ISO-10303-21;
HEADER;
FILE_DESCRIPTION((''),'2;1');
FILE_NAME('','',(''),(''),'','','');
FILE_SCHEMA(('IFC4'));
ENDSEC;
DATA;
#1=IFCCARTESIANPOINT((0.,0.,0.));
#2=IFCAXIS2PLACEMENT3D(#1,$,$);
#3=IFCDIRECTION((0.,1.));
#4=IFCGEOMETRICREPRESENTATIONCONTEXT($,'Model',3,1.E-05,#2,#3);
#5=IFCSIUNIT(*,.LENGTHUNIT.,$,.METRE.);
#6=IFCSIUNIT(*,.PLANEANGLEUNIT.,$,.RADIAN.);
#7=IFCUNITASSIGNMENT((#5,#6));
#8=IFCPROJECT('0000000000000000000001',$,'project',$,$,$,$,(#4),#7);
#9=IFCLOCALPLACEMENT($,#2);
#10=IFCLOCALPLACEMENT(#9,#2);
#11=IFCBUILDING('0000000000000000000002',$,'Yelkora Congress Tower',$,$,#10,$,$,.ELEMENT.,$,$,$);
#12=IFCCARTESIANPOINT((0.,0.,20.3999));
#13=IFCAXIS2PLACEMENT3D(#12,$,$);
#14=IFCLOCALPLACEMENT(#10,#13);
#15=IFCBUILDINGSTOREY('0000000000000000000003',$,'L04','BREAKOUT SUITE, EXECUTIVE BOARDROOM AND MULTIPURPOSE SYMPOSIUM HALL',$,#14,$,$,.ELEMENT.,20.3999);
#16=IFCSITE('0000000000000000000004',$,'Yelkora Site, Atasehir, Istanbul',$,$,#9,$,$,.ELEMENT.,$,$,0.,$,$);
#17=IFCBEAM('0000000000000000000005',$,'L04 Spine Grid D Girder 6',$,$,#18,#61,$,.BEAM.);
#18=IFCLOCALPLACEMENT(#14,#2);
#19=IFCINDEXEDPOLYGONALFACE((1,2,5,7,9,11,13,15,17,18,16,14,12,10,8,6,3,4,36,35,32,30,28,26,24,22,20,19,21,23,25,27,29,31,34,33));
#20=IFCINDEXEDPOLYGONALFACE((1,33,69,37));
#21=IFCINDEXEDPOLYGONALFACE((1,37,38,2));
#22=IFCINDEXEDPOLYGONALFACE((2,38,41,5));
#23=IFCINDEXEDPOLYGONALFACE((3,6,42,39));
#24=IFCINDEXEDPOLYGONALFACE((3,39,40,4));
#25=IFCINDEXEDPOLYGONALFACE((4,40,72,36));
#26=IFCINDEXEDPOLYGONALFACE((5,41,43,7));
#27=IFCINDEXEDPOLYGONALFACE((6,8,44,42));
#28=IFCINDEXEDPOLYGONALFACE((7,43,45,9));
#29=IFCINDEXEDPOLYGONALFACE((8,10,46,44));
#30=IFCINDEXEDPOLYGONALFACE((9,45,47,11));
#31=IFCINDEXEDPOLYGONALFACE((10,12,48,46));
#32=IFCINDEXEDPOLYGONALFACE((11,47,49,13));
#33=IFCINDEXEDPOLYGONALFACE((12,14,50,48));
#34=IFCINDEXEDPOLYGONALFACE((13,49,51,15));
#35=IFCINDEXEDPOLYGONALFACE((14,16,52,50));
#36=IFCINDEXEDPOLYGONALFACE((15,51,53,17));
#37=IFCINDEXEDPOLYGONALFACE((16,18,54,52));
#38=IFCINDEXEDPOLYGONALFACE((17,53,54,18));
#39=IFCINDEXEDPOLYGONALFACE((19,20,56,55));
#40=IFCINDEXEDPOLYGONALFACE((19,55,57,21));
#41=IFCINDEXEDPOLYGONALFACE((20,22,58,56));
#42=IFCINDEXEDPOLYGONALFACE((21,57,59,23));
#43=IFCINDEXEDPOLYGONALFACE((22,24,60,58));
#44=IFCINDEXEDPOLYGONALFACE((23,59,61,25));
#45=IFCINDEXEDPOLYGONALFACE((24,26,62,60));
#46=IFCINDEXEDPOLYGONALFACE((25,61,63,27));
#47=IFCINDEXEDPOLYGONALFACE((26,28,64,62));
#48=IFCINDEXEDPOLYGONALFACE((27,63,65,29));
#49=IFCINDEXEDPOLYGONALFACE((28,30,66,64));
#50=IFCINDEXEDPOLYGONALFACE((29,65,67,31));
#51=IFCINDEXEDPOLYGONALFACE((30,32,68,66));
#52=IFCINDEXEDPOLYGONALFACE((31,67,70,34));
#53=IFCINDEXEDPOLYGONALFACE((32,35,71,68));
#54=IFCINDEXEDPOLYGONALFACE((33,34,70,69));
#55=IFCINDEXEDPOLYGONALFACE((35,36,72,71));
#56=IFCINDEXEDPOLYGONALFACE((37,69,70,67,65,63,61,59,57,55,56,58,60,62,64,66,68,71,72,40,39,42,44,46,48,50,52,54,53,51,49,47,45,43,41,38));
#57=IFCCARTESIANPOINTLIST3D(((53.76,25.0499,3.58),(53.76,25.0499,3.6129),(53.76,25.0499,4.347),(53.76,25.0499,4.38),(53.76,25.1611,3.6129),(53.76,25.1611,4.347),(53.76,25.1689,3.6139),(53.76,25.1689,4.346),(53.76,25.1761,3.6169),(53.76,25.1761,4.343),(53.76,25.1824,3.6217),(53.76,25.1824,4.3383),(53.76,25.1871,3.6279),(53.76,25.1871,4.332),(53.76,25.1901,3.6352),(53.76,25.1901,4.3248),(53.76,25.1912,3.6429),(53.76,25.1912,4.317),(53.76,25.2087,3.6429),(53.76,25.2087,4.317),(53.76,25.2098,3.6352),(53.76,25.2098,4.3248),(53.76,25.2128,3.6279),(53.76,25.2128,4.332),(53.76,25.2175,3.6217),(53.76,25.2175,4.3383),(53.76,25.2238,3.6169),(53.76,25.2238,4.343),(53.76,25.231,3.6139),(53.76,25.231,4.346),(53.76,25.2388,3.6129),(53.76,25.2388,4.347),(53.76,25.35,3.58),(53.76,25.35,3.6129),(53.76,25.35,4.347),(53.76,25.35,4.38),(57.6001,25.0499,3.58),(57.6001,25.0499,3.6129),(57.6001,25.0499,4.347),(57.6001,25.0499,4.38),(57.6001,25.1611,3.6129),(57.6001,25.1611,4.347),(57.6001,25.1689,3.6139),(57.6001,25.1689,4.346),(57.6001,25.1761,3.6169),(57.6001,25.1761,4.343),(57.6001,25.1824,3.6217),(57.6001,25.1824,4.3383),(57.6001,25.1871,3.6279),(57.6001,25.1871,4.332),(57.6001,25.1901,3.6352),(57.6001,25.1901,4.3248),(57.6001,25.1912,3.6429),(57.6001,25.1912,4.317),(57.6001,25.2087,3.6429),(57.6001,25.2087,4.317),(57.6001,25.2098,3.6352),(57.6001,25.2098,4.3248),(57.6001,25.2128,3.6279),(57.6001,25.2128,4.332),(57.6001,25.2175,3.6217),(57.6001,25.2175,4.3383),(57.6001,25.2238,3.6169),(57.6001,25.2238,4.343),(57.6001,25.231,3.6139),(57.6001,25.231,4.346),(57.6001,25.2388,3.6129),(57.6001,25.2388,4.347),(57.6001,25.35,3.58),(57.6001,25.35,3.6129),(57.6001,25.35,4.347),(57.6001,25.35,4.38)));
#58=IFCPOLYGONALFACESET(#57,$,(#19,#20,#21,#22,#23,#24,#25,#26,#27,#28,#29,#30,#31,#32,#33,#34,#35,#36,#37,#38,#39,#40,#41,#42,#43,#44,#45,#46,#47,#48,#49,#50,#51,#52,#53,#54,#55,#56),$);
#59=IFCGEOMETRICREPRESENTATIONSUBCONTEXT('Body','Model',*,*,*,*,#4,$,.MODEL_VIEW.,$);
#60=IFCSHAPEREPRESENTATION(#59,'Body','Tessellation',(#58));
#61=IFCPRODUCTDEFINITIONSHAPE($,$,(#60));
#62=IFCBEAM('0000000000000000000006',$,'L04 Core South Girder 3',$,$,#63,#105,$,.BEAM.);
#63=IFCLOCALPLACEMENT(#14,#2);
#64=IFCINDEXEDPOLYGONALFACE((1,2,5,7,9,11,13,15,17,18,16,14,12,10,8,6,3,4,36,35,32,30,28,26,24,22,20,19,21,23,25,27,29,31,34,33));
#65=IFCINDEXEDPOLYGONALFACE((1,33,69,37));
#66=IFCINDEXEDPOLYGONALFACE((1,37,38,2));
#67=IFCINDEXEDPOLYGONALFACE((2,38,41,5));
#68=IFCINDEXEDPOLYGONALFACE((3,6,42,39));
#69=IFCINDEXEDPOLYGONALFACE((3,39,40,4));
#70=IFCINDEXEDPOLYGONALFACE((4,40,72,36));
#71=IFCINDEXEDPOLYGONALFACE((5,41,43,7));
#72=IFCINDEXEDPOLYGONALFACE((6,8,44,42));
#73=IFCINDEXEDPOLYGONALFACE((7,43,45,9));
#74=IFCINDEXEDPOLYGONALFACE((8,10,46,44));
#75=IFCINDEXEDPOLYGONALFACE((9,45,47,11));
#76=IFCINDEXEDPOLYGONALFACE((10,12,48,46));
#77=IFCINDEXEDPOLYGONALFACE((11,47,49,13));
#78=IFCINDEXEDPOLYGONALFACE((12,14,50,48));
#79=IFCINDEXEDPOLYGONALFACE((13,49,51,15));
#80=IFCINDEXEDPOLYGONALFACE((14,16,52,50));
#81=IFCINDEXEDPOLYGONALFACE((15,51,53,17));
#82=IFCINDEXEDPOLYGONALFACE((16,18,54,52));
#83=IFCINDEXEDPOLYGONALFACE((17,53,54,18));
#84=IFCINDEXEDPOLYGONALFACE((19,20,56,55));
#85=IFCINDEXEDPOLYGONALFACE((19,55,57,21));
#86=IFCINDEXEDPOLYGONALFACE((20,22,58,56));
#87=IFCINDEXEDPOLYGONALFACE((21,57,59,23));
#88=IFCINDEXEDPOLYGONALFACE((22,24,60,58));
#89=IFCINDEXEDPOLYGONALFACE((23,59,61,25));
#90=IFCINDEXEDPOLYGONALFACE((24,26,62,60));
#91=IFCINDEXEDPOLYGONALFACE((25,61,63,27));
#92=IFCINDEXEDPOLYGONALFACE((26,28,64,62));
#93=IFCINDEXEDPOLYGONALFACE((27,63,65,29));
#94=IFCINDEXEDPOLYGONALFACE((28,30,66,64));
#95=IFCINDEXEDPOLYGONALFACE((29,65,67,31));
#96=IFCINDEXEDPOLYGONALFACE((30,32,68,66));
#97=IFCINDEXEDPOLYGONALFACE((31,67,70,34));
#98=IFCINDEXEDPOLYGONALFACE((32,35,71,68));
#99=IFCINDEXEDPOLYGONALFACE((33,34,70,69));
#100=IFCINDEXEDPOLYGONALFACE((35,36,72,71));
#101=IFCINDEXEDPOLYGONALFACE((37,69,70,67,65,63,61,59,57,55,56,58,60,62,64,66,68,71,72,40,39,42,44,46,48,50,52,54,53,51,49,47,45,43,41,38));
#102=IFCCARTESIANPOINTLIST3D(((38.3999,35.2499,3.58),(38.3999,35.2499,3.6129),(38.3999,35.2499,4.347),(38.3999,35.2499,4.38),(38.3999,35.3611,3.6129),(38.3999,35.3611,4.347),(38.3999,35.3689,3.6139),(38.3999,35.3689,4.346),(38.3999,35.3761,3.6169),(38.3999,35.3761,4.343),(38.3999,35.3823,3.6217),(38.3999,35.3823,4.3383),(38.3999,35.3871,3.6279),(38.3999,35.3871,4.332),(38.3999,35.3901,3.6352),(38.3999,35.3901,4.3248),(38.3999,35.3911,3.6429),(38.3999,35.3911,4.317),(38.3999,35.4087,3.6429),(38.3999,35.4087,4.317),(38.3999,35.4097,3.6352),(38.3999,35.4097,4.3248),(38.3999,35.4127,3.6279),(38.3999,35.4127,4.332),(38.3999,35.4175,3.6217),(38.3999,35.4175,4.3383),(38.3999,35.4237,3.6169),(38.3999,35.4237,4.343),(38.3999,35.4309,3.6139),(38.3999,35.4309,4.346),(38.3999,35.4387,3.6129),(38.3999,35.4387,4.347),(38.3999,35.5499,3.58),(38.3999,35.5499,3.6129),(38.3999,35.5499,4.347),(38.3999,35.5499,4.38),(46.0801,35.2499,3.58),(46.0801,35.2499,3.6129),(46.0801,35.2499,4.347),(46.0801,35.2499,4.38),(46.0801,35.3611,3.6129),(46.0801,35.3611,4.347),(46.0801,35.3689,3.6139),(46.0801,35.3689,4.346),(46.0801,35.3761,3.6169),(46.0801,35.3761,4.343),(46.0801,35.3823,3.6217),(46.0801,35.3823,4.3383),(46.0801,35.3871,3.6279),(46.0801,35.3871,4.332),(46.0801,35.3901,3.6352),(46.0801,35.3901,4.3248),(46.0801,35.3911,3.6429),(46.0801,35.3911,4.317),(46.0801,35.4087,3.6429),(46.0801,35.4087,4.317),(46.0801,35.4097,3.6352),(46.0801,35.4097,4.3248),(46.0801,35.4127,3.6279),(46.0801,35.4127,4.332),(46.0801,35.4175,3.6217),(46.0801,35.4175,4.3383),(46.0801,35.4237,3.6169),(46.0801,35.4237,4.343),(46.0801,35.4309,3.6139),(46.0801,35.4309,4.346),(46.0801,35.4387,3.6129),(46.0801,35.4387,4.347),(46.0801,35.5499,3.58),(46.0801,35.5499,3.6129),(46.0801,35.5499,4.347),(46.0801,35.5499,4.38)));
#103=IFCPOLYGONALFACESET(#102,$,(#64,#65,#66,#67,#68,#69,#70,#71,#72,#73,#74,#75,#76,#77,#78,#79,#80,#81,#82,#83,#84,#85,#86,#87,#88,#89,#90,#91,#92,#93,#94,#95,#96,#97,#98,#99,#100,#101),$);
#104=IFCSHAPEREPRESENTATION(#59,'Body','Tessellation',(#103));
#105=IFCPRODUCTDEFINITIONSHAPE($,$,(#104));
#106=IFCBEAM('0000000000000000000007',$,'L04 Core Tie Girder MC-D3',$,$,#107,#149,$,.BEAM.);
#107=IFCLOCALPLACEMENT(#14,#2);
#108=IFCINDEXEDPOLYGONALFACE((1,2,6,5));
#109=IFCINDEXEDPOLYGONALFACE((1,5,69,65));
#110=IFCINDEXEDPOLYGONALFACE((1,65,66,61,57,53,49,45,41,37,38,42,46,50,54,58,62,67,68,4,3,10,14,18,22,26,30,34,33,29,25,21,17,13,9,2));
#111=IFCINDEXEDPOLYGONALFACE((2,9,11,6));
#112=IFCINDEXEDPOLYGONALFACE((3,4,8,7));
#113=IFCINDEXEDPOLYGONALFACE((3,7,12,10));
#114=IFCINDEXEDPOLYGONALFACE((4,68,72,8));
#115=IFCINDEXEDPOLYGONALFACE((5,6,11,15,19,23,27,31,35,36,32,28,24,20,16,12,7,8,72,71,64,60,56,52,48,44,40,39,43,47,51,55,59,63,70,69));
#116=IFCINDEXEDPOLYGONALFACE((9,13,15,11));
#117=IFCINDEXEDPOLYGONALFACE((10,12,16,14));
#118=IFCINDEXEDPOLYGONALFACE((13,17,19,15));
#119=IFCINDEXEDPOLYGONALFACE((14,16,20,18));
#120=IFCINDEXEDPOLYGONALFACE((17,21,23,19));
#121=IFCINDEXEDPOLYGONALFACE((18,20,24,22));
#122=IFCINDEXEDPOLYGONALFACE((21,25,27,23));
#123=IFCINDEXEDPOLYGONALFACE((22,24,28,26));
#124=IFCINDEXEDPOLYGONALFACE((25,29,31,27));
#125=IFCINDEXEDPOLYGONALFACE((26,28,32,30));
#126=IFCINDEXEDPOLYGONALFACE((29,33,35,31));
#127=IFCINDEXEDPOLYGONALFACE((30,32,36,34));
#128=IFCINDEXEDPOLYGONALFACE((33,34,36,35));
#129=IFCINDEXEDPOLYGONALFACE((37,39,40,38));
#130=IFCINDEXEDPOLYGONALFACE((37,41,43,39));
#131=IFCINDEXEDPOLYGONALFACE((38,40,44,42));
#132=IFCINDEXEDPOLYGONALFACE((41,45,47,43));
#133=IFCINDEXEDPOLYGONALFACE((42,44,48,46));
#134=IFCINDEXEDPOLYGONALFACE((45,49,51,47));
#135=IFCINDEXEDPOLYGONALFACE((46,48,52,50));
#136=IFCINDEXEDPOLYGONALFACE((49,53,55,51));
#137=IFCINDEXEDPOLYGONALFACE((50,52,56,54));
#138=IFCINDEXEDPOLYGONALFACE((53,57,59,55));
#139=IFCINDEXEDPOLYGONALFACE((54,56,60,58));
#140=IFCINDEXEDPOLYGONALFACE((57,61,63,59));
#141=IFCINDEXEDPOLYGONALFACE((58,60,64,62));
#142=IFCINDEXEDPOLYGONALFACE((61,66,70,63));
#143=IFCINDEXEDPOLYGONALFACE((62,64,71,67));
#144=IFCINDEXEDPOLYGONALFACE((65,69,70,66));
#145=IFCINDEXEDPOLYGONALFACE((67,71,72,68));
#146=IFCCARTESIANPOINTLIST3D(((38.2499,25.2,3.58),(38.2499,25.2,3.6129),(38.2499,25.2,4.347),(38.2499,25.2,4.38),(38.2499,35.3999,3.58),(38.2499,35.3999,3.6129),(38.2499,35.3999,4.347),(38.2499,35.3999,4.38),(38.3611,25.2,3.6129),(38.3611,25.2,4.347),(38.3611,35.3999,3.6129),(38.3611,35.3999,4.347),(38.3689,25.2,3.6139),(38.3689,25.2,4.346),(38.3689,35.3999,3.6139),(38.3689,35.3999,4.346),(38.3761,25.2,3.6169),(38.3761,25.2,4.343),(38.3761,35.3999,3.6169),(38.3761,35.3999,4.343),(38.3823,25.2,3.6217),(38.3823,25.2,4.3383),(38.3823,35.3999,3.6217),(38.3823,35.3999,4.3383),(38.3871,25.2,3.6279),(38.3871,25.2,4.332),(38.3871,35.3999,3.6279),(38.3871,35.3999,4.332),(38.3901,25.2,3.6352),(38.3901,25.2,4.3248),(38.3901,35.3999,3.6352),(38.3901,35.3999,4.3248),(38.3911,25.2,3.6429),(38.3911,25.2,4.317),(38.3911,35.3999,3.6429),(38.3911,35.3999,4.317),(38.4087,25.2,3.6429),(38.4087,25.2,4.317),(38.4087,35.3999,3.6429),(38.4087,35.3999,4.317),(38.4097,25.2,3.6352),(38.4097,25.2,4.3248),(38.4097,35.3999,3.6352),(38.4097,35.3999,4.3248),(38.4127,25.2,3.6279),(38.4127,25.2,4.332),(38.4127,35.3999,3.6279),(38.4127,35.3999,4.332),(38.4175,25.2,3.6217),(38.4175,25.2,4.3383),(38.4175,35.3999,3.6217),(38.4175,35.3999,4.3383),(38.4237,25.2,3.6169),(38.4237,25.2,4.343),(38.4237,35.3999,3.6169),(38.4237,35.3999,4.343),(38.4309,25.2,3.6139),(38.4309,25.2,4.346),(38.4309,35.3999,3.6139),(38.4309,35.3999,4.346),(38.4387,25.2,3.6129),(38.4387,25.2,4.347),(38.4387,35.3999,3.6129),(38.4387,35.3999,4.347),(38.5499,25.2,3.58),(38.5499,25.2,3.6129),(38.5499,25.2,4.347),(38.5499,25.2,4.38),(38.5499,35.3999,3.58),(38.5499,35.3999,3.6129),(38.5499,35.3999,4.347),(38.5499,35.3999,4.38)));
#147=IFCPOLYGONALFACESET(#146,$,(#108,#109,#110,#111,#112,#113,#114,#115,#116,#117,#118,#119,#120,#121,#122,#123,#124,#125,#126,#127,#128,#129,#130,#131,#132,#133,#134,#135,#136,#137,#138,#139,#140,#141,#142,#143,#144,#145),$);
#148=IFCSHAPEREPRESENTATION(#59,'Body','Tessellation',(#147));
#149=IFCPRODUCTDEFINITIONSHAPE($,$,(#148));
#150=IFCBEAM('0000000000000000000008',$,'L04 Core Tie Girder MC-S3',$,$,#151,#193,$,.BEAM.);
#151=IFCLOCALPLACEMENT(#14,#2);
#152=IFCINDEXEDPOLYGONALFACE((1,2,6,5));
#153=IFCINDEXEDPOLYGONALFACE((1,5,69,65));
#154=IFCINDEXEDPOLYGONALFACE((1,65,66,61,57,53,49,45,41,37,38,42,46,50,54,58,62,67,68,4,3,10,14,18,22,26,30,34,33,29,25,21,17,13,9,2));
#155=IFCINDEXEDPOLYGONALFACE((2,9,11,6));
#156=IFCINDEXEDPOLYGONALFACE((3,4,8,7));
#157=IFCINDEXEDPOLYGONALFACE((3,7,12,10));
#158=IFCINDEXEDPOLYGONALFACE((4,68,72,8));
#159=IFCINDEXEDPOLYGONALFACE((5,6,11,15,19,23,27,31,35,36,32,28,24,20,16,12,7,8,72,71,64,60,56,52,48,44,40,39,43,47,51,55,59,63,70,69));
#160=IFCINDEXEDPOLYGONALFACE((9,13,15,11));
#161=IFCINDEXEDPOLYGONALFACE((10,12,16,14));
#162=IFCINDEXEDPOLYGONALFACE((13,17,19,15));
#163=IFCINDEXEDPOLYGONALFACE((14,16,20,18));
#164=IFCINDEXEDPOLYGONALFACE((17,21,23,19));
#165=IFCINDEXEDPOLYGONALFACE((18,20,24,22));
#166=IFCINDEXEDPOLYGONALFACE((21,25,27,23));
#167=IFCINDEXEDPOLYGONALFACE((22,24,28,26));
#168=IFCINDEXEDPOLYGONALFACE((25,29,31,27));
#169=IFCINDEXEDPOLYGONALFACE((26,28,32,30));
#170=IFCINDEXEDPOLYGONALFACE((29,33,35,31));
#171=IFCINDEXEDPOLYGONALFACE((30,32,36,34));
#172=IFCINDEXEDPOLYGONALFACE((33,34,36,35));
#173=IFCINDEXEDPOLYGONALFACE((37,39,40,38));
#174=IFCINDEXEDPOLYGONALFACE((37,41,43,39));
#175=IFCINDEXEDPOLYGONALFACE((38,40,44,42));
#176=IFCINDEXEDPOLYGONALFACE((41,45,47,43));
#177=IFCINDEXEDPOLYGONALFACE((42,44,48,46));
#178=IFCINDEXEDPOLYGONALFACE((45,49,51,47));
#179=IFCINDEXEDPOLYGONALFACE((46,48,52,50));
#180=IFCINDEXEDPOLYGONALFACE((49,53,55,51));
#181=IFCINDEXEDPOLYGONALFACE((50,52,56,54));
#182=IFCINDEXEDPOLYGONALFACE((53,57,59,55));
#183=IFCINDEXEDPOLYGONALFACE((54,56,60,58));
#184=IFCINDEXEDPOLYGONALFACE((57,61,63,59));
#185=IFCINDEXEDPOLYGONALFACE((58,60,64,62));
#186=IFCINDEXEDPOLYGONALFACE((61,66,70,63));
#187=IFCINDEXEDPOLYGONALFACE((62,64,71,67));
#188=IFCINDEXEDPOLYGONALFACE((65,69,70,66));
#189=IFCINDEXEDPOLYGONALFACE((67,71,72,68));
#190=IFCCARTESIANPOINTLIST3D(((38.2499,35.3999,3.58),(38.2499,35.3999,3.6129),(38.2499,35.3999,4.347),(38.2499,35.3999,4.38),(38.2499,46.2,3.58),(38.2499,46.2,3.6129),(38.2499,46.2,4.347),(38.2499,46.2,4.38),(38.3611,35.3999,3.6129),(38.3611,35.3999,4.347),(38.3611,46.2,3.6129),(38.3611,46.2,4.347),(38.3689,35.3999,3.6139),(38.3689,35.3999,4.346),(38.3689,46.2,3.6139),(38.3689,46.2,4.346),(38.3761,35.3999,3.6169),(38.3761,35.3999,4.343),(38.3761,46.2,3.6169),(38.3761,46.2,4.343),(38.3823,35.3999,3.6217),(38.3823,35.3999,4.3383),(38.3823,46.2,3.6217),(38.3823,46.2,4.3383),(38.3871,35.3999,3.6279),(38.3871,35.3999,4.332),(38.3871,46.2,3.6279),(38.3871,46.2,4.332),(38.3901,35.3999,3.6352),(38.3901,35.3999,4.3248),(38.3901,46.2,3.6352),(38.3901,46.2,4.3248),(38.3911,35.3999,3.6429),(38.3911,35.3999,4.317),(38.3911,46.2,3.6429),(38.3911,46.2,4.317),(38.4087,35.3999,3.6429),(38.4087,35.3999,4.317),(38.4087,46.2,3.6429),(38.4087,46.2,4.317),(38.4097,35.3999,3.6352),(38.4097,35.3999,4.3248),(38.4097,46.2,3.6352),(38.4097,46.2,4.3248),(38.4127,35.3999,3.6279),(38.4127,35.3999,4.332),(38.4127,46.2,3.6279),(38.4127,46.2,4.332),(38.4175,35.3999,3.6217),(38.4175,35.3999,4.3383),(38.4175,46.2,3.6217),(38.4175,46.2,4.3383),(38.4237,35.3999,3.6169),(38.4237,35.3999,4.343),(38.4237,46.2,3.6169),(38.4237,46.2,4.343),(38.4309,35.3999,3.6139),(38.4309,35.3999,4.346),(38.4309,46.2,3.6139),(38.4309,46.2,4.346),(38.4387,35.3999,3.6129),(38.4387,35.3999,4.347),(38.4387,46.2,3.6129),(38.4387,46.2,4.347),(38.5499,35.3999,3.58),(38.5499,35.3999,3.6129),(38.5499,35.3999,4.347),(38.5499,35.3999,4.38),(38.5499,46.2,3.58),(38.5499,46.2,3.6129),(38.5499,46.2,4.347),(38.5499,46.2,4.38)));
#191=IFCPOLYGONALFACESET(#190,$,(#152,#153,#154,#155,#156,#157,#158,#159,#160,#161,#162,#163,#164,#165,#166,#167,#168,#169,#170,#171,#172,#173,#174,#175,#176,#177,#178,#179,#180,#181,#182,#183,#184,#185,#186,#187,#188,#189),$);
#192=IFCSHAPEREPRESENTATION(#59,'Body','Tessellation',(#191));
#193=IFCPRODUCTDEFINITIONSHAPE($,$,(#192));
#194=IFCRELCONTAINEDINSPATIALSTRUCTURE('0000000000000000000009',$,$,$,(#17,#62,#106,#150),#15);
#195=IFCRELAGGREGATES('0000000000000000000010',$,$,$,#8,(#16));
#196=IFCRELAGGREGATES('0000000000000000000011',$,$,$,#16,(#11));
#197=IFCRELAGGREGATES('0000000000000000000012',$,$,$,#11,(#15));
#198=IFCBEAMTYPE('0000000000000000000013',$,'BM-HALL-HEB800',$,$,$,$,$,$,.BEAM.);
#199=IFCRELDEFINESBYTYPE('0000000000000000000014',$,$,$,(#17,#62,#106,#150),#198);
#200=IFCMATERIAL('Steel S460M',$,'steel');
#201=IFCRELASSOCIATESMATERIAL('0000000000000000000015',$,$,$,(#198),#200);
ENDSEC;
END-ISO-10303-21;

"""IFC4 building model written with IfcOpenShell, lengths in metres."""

from ifc_helpers import new_model, si_unit, direction, frame, origin, origin_2d, place, context, subcontext, project, spatial, i_section, extrude, material, material_profile, profile_set, type_object, element, save


model = new_model("IFC4")

# Units and contexts
model_context = context("Model", 3, precision=1e-05, world=origin(), true_north=direction((0.0, 1.0)))
body_context = subcontext(model_context, "Body", "Model", "MODEL_VIEW")
ifc_project = project(units=[si_unit("LENGTHUNIT", "METRE"), si_unit("PLANEANGLEUNIT", "RADIAN")], contexts=[model_context])

# Site, building, storey
site_placement = place(None, origin())
site = spatial("IfcSite", under=ifc_project, at=site_placement, Name="Yelkora Site, Atasehir, Istanbul", CompositionType="ELEMENT", RefElevation=0.0)
building_placement = place(site_placement, origin())
building = spatial("IfcBuilding", under=site, at=building_placement, Name="Yelkora Congress Tower", CompositionType="ELEMENT")
storey_placement = place(building_placement, frame((0.0, 0.0, 20.3999)))
storey = spatial("IfcBuildingStorey", under=building, at=storey_placement, Name="L04", Description="BREAKOUT SUITE, EXECUTIVE BOARDROOM AND MULTIPURPOSE SYMPOSIUM HALL", CompositionType="ELEMENT", Elevation=20.3999)

# Beams
ifc_material_1 = material(Name="Steel S460M", Category="steel")
ifc_material_profile_1 = material_profile(ifc_material_1, i_section(OverallWidth=0.3, OverallDepth=0.8, WebThickness=0.0176, FlangeThickness=0.033, FilletRadius=0.03, at=origin_2d()), Name="HEB 800")
ifc_profile_set_1 = profile_set([ifc_material_profile_1], Name="Steel S460M")
beam_type_1 = type_object("IfcBeamType", Name="BM-HALL-HEB800", PredefinedType="BEAM", material=ifc_profile_set_1)
beam_1_placement = place(storey_placement, frame((53.76, 25.2, 3.98), z_axis=(1.0, 0.0, 0.0), x_axis=(0.0, 1.0, 0.0)))
element("IfcBeam", 1, at=beam_1_placement, inside=storey, type_object=beam_type_1, Name="L04 Spine Grid D Girder 6", PredefinedType="BEAM", context=body_context, shape_type="SweptSolid", body=[
    extrude(i_section(OverallWidth=0.3, OverallDepth=0.8, WebThickness=0.0176, FlangeThickness=0.033, FilletRadius=0.03, at=origin_2d()), origin(), (0.0, 0.0, 1.0), 3.8401),
])
beam_2_placement = place(storey_placement, frame((38.3999, 35.3999, 3.98), z_axis=(1.0, 0.0, 0.0), x_axis=(0.0, 1.0, 0.0)))
element("IfcBeam", 2, at=beam_2_placement, inside=storey, type_object=beam_type_1, Name="L04 Core South Girder 3", PredefinedType="BEAM", context=body_context, shape_type="SweptSolid", body=[
    extrude(i_section(OverallWidth=0.3, OverallDepth=0.8, WebThickness=0.0176, FlangeThickness=0.033, FilletRadius=0.03, at=origin_2d()), origin(), (0.0, 0.0, 1.0), 7.6802),
])
beam_3_placement = place(storey_placement, frame((38.3999, 25.2, 3.98), z_axis=(0.0, 1.0, 0.0), x_axis=(-1.0, 0.0, 0.0)))
element("IfcBeam", 3, at=beam_3_placement, inside=storey, type_object=beam_type_1, Name="L04 Core Tie Girder MC-D3", PredefinedType="BEAM", context=body_context, shape_type="SweptSolid", body=[
    extrude(i_section(OverallWidth=0.3, OverallDepth=0.8, WebThickness=0.0176, FlangeThickness=0.033, FilletRadius=0.03, at=origin_2d()), origin(), (0.0, 0.0, 1.0), 10.2),
])
beam_4_placement = place(storey_placement, frame((38.3999, 35.3999, 3.98), z_axis=(0.0, 1.0, 0.0), x_axis=(-1.0, 0.0, 0.0)))
element("IfcBeam", 4, at=beam_4_placement, inside=storey, type_object=beam_type_1, Name="L04 Core Tie Girder MC-S3", PredefinedType="BEAM", context=body_context, shape_type="SweptSolid", body=[
    extrude(i_section(OverallWidth=0.3, OverallDepth=0.8, WebThickness=0.0176, FlangeThickness=0.033, FilletRadius=0.03, at=origin_2d()), origin(), (0.0, 0.0, 1.0), 10.8),
])

save(model, "model.ifc")
